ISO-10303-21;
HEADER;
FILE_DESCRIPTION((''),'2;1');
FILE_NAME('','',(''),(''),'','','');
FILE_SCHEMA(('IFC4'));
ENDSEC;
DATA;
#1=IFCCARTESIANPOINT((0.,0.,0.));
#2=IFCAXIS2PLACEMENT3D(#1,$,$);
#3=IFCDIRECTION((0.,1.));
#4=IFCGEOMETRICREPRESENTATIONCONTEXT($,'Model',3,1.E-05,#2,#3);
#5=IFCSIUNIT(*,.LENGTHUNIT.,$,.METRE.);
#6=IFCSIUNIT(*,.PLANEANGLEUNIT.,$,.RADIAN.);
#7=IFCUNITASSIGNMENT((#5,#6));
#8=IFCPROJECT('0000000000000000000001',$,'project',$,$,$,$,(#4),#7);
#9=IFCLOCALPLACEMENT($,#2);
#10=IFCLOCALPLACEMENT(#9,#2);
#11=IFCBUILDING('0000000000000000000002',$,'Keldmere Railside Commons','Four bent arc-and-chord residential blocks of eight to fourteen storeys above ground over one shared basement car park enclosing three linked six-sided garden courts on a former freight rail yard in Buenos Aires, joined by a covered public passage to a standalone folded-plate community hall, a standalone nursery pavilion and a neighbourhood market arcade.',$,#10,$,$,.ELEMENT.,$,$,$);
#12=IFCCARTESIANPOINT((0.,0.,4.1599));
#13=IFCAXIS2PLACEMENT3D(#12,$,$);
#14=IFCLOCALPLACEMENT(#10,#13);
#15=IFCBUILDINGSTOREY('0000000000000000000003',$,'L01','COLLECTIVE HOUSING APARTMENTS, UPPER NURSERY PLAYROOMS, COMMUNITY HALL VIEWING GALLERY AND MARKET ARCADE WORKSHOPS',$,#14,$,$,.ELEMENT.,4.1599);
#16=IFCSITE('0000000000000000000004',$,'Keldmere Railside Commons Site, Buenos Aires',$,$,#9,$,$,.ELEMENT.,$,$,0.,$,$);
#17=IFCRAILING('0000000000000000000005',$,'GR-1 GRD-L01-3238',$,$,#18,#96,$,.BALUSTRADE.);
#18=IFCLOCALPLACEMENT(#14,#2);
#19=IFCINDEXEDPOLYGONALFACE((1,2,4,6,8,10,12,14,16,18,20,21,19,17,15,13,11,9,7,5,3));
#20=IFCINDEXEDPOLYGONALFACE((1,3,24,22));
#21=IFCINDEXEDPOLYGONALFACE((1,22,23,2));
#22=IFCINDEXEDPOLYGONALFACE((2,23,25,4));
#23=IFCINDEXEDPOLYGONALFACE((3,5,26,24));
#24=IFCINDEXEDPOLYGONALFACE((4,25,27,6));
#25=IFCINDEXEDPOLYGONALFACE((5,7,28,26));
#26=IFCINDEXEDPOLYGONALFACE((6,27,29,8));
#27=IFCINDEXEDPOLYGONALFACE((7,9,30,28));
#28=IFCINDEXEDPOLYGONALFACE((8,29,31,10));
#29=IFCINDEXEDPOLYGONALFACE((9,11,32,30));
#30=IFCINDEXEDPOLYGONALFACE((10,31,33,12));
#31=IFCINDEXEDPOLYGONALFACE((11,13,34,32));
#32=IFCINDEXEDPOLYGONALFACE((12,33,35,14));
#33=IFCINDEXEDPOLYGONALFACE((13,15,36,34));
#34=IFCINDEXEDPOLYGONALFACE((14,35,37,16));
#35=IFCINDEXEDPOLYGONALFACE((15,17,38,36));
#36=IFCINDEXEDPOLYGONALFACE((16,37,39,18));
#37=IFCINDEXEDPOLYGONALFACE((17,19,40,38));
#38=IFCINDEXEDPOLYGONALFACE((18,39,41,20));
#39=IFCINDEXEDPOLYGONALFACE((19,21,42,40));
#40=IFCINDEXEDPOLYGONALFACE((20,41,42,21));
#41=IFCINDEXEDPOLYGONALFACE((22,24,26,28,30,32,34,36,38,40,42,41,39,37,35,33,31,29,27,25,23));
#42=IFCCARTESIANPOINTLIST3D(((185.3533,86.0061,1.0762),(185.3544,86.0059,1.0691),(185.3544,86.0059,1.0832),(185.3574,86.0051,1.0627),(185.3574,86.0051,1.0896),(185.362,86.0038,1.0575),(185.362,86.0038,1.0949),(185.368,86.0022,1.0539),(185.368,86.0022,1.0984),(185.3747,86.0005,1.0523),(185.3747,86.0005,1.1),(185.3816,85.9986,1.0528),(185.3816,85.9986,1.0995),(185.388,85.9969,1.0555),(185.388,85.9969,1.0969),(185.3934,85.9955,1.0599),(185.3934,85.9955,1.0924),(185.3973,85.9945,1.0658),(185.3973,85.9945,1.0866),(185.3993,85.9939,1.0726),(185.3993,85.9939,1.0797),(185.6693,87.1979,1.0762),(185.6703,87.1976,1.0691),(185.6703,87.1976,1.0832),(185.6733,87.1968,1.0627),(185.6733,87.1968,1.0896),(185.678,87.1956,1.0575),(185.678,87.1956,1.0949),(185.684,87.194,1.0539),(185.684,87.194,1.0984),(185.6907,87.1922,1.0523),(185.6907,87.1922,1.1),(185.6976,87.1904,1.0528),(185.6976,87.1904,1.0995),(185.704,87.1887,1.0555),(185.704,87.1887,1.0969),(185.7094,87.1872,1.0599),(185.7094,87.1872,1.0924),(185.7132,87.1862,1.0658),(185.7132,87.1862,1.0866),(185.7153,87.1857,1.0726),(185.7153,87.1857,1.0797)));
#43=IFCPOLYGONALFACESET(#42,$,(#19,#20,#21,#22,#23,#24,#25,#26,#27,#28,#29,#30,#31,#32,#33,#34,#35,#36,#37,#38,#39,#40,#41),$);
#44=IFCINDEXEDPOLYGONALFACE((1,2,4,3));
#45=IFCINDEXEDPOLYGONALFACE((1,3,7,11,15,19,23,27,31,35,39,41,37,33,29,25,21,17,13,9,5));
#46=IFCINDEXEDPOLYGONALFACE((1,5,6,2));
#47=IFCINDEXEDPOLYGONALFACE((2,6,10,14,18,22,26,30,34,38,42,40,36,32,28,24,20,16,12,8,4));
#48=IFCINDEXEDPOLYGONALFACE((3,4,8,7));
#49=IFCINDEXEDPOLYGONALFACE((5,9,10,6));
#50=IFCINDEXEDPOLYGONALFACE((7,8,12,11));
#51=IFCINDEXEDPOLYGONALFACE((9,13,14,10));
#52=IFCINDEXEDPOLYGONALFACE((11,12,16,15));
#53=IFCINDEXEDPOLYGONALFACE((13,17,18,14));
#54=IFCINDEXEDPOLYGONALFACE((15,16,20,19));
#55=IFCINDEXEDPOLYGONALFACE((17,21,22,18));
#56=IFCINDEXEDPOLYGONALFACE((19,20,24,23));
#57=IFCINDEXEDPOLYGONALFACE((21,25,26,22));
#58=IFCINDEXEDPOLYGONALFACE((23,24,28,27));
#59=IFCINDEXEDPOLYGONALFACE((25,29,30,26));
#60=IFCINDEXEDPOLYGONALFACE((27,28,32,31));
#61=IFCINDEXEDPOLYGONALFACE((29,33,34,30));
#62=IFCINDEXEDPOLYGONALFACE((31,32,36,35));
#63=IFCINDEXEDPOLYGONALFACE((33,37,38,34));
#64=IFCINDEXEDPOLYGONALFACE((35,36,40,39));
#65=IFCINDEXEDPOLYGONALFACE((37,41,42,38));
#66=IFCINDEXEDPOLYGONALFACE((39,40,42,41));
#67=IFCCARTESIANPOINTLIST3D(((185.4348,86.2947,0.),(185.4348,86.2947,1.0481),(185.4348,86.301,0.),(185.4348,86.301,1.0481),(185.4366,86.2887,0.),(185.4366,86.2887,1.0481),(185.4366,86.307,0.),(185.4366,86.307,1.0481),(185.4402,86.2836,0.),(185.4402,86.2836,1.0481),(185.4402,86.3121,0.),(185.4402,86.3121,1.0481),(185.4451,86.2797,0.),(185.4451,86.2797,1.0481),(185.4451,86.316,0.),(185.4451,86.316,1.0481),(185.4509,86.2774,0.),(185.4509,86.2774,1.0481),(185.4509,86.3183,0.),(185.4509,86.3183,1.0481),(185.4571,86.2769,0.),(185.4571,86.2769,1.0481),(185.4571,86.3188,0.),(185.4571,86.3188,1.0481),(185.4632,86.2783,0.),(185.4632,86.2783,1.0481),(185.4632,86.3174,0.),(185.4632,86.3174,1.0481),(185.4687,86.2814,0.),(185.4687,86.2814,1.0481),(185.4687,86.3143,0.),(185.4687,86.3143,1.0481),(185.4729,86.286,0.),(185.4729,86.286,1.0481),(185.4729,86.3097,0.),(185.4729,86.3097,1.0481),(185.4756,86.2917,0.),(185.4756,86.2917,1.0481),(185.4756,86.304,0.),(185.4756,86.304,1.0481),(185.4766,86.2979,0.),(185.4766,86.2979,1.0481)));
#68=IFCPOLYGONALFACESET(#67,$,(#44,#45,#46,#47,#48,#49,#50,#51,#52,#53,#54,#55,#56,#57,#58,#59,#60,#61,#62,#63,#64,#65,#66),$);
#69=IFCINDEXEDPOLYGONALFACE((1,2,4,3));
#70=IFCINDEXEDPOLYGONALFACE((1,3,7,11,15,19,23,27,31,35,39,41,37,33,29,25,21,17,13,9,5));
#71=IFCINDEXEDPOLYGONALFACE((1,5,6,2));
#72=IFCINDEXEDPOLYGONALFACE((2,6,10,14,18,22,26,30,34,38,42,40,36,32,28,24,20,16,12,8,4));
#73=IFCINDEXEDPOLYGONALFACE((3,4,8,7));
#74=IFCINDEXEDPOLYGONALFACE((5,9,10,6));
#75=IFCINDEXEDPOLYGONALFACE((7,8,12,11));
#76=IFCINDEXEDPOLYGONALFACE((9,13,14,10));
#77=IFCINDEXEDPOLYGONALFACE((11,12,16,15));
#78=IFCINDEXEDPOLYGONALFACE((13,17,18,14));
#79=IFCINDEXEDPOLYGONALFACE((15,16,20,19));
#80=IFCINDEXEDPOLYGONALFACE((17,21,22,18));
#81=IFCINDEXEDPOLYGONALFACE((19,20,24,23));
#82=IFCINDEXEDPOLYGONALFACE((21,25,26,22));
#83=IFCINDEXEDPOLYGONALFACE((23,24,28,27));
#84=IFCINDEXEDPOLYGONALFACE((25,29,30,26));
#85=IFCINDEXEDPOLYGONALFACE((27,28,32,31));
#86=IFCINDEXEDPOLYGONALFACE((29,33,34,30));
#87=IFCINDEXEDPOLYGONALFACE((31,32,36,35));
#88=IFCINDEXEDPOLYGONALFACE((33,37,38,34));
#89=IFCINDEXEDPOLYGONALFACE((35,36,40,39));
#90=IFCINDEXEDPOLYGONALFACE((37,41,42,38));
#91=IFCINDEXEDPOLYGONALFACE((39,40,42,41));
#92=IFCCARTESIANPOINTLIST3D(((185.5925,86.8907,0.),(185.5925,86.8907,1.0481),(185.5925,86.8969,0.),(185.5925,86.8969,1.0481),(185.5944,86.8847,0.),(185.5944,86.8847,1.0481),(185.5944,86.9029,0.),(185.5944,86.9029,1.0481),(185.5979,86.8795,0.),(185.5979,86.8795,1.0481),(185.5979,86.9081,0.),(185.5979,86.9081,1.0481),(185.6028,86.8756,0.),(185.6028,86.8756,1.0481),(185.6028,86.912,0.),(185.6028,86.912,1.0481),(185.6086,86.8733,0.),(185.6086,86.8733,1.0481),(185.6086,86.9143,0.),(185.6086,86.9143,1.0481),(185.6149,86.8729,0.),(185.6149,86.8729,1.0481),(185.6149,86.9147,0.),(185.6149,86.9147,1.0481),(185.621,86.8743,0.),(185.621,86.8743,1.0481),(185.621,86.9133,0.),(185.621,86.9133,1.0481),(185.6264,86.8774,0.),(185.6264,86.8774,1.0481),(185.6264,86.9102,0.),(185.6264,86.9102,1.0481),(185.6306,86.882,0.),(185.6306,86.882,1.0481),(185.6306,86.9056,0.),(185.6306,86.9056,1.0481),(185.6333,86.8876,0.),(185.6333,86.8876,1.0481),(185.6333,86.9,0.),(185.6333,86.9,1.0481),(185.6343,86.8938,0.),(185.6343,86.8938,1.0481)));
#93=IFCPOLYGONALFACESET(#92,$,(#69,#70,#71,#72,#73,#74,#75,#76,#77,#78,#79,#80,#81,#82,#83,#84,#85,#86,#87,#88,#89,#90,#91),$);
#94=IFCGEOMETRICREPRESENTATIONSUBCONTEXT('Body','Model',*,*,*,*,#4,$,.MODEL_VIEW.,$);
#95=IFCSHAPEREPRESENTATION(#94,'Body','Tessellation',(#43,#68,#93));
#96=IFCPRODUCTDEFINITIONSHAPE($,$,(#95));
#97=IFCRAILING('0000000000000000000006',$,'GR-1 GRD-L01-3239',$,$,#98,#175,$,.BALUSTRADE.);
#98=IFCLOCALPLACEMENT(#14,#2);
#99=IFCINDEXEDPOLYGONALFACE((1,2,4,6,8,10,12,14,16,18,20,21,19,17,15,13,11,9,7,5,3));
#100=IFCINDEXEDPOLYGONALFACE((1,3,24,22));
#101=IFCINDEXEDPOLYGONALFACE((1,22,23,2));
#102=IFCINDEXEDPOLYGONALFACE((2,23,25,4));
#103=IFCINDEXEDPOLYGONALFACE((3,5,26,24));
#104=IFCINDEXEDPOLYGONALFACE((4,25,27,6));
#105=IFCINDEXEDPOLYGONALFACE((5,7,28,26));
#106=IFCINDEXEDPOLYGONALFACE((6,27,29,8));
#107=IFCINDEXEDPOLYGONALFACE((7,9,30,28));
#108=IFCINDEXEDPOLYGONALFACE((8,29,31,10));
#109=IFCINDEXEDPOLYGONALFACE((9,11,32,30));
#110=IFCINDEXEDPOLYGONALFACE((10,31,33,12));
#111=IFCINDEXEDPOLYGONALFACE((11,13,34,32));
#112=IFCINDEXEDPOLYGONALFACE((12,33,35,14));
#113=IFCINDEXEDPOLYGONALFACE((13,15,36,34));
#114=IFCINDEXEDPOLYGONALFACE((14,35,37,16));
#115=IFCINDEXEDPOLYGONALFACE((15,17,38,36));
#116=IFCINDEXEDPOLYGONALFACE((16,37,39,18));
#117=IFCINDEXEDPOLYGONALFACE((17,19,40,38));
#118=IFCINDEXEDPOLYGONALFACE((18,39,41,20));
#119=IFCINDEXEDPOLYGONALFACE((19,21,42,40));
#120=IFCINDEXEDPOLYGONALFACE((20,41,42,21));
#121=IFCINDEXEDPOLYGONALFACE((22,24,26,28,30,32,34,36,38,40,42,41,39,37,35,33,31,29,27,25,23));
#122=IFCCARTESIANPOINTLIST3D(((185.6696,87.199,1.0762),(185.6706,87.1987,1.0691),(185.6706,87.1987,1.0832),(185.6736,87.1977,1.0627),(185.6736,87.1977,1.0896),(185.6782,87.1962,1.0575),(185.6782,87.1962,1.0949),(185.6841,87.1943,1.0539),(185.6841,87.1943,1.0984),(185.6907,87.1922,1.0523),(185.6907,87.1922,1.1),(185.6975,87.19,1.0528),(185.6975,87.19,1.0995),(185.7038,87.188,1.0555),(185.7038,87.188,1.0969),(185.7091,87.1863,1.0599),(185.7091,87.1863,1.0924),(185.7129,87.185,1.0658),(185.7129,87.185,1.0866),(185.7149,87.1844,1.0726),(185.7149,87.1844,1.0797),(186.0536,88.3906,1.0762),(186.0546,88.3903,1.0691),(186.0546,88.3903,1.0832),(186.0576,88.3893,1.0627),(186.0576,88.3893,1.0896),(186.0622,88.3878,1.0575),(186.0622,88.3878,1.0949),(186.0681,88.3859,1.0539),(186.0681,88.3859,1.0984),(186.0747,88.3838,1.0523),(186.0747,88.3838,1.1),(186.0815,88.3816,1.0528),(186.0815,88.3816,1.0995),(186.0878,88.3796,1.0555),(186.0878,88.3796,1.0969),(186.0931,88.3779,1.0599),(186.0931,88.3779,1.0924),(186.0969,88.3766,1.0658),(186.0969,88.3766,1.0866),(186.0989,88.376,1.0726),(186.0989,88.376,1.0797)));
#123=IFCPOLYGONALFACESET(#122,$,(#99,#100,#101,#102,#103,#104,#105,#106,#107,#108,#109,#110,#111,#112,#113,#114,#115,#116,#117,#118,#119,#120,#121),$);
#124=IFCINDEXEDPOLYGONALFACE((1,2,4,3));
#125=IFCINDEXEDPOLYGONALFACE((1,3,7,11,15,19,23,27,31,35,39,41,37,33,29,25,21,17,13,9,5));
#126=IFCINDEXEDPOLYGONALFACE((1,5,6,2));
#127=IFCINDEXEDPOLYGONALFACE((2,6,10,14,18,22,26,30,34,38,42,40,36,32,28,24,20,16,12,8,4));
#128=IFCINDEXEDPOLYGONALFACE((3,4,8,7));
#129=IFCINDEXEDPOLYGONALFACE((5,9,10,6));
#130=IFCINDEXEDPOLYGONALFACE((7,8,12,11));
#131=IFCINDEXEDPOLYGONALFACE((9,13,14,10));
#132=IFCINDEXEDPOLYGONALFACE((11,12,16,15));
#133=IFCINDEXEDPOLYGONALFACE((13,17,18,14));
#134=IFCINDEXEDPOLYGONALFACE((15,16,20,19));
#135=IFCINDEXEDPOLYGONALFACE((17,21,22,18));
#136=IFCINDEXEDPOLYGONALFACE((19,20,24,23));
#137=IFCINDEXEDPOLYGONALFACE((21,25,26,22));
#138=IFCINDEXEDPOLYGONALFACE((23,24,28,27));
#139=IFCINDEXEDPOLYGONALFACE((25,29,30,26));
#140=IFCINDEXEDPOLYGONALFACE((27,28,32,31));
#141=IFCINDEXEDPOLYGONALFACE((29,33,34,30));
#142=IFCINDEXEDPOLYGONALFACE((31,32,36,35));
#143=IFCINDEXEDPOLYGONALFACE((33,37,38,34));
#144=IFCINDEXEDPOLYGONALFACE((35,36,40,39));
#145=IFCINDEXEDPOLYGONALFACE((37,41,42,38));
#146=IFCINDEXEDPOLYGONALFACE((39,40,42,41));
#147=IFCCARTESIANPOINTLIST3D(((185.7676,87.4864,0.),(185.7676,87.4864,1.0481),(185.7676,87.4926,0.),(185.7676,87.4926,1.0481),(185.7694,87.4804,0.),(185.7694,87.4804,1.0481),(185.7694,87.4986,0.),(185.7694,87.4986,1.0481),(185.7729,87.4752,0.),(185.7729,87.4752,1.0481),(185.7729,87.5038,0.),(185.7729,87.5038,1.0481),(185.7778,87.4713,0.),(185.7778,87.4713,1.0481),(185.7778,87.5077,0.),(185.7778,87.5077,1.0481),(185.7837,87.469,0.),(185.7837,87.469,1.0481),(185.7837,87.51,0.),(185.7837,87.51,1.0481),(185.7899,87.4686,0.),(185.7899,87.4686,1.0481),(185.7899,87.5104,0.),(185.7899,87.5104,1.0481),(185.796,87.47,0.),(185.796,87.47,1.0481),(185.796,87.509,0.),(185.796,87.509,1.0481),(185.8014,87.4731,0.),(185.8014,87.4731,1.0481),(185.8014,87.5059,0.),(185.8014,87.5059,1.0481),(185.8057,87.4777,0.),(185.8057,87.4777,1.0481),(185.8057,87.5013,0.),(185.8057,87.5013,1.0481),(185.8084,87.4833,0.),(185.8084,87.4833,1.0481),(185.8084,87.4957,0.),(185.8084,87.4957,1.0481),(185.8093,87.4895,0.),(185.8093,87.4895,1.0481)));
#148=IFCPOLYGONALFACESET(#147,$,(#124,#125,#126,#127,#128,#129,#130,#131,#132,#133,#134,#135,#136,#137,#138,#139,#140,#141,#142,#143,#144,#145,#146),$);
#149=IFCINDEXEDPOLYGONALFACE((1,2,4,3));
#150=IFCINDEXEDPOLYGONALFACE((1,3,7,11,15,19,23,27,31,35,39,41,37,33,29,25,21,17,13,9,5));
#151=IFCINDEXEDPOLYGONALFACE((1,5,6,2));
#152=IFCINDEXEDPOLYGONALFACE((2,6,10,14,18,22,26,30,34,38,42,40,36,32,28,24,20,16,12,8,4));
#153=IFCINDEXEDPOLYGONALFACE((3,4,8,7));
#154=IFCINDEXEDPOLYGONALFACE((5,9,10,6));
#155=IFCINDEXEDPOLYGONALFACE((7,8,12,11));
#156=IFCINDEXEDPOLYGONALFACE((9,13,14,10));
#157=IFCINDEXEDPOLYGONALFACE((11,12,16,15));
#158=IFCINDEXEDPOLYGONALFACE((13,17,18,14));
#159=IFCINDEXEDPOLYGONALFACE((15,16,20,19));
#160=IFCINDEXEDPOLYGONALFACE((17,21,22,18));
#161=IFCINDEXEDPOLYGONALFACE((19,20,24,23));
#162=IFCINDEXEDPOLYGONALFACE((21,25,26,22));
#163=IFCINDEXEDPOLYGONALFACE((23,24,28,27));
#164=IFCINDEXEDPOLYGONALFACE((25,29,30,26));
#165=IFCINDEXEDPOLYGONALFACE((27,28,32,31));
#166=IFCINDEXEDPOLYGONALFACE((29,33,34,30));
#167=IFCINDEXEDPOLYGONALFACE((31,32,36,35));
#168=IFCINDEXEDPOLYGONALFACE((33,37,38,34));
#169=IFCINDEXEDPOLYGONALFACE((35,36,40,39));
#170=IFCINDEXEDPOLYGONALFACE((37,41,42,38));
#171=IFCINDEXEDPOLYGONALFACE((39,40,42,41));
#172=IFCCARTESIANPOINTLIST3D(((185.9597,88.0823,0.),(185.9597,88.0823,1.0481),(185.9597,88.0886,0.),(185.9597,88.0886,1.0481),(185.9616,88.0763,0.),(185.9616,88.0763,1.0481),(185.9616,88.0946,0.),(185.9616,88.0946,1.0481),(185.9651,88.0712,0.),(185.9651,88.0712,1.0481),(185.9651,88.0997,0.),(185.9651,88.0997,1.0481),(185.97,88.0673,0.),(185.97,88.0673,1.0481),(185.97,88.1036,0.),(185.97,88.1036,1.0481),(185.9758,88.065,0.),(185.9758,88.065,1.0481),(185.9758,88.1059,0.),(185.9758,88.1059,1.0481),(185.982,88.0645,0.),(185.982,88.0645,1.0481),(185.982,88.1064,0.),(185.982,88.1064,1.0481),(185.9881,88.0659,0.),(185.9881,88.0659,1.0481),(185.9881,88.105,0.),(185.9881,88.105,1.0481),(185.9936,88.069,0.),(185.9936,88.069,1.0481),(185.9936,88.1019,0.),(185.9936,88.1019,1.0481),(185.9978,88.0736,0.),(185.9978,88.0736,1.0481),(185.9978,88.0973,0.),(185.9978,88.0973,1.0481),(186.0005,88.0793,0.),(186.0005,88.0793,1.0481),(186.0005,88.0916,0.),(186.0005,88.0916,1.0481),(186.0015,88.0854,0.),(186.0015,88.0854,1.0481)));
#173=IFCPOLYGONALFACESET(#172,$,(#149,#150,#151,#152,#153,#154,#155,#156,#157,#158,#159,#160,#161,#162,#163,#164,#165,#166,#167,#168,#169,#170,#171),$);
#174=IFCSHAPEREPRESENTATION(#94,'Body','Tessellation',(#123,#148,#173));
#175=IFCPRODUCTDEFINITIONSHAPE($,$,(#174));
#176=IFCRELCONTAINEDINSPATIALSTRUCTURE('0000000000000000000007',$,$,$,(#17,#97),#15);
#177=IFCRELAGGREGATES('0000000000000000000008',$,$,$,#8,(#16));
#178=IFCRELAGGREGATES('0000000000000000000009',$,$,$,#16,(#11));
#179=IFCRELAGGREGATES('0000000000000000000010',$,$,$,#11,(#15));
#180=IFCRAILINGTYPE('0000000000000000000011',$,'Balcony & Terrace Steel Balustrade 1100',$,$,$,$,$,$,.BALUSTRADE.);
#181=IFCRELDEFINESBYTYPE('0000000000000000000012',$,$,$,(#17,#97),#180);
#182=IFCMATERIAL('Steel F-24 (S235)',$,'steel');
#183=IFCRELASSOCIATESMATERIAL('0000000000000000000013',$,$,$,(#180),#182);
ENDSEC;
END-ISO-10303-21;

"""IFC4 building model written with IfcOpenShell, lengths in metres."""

from ifc_helpers import new_model, si_unit, direction, frame, origin, origin_2d, place, context, subcontext, project, spatial, circle, extrude, material, type_object, element, save


model = new_model("IFC4")

# Units and contexts
model_context = context("Model", 3, precision=1e-05, world=origin(), true_north=direction((0.0, 1.0)))
body_context = subcontext(model_context, "Body", "Model", "MODEL_VIEW")
ifc_project = project(units=[si_unit("LENGTHUNIT", "METRE"), si_unit("PLANEANGLEUNIT", "RADIAN")], contexts=[model_context])

# Site, building, storey
site_placement = place(None, origin())
site = spatial("IfcSite", under=ifc_project, at=site_placement, Name="Keldmere Railside Commons Site, Buenos Aires", CompositionType="ELEMENT", RefElevation=0.0)
building_placement = place(site_placement, origin())
building = spatial("IfcBuilding", under=site, at=building_placement, Name="Keldmere Railside Commons", Description="Four bent arc-and-chord residential blocks of eight to fourteen storeys above ground over one shared basement car park enclosing three linked six-sided garden courts on a former freight rail yard in Buenos Aires, joined by a covered public passage to a standalone folded-plate community hall, a standalone nursery pavilion and a neighbourhood market arcade.", CompositionType="ELEMENT")
storey_placement = place(building_placement, frame((0.0, 0.0, 4.1599)))
storey = spatial("IfcBuildingStorey", under=building, at=storey_placement, Name="L01", Description="COLLECTIVE HOUSING APARTMENTS, UPPER NURSERY PLAYROOMS, COMMUNITY HALL VIEWING GALLERY AND MARKET ARCADE WORKSHOPS", CompositionType="ELEMENT", Elevation=4.1599)

# Railings
ifc_material_1 = material(Name="Steel F-24 (S235)", Category="steel")
railing_type = type_object("IfcRailingType", Name="Balcony & Terrace Steel Balustrade 1100", PredefinedType="BALUSTRADE", material=ifc_material_1)
railing_1_placement = place(storey_placement, frame((185.3765, 86.0, 0.0)))
element("IfcRailing", 1, at=railing_1_placement, inside=storey, type_object=railing_type, Name="GR-1 GRD-L01-3238", PredefinedType="BALUSTRADE", context=body_context, shape_type="SweptSolid", body=[
    extrude(circle(Radius=0.0239, at=origin_2d()), frame((0.0, 0.0, 1.0762), z_axis=(0.256257, 0.966609, 0.0), x_axis=(-0.966609, 0.256257, 0.0)), (0.0, 0.0, 1.0), 1.2329),
    extrude(circle(Radius=0.021, at=origin_2d()), frame((0.0791, 0.2979, 0.0)), (0.0, 0.0, 1.0), 1.0481),
    extrude(circle(Radius=0.021, at=origin_2d()), frame((0.2368, 0.8938, 0.0)), (0.0, 0.0, 1.0), 1.0481),
])
railing_2_placement = place(storey_placement, frame((185.6924, 87.1917, 0.0)))
element("IfcRailing", 2, at=railing_2_placement, inside=storey, type_object=railing_type, Name="GR-1 GRD-L01-3239", PredefinedType="BALUSTRADE", context=body_context, shape_type="SweptSolid", body=[
    extrude(circle(Radius=0.0239, at=origin_2d()), frame((0.0, 0.0, 1.0762), z_axis=(0.306735, 0.951795, 0.0), x_axis=(-0.951795, 0.306735, 0.0)), (0.0, 0.0, 1.0), 1.252),
    extrude(circle(Radius=0.021, at=origin_2d()), frame((0.0959, 0.2979, 0.0)), (0.0, 0.0, 1.0), 1.0481),
    extrude(circle(Radius=0.021, at=origin_2d()), frame((0.2881, 0.8938, 0.0)), (0.0, 0.0, 1.0), 1.0481),
])

save(model, "model.ifc")
